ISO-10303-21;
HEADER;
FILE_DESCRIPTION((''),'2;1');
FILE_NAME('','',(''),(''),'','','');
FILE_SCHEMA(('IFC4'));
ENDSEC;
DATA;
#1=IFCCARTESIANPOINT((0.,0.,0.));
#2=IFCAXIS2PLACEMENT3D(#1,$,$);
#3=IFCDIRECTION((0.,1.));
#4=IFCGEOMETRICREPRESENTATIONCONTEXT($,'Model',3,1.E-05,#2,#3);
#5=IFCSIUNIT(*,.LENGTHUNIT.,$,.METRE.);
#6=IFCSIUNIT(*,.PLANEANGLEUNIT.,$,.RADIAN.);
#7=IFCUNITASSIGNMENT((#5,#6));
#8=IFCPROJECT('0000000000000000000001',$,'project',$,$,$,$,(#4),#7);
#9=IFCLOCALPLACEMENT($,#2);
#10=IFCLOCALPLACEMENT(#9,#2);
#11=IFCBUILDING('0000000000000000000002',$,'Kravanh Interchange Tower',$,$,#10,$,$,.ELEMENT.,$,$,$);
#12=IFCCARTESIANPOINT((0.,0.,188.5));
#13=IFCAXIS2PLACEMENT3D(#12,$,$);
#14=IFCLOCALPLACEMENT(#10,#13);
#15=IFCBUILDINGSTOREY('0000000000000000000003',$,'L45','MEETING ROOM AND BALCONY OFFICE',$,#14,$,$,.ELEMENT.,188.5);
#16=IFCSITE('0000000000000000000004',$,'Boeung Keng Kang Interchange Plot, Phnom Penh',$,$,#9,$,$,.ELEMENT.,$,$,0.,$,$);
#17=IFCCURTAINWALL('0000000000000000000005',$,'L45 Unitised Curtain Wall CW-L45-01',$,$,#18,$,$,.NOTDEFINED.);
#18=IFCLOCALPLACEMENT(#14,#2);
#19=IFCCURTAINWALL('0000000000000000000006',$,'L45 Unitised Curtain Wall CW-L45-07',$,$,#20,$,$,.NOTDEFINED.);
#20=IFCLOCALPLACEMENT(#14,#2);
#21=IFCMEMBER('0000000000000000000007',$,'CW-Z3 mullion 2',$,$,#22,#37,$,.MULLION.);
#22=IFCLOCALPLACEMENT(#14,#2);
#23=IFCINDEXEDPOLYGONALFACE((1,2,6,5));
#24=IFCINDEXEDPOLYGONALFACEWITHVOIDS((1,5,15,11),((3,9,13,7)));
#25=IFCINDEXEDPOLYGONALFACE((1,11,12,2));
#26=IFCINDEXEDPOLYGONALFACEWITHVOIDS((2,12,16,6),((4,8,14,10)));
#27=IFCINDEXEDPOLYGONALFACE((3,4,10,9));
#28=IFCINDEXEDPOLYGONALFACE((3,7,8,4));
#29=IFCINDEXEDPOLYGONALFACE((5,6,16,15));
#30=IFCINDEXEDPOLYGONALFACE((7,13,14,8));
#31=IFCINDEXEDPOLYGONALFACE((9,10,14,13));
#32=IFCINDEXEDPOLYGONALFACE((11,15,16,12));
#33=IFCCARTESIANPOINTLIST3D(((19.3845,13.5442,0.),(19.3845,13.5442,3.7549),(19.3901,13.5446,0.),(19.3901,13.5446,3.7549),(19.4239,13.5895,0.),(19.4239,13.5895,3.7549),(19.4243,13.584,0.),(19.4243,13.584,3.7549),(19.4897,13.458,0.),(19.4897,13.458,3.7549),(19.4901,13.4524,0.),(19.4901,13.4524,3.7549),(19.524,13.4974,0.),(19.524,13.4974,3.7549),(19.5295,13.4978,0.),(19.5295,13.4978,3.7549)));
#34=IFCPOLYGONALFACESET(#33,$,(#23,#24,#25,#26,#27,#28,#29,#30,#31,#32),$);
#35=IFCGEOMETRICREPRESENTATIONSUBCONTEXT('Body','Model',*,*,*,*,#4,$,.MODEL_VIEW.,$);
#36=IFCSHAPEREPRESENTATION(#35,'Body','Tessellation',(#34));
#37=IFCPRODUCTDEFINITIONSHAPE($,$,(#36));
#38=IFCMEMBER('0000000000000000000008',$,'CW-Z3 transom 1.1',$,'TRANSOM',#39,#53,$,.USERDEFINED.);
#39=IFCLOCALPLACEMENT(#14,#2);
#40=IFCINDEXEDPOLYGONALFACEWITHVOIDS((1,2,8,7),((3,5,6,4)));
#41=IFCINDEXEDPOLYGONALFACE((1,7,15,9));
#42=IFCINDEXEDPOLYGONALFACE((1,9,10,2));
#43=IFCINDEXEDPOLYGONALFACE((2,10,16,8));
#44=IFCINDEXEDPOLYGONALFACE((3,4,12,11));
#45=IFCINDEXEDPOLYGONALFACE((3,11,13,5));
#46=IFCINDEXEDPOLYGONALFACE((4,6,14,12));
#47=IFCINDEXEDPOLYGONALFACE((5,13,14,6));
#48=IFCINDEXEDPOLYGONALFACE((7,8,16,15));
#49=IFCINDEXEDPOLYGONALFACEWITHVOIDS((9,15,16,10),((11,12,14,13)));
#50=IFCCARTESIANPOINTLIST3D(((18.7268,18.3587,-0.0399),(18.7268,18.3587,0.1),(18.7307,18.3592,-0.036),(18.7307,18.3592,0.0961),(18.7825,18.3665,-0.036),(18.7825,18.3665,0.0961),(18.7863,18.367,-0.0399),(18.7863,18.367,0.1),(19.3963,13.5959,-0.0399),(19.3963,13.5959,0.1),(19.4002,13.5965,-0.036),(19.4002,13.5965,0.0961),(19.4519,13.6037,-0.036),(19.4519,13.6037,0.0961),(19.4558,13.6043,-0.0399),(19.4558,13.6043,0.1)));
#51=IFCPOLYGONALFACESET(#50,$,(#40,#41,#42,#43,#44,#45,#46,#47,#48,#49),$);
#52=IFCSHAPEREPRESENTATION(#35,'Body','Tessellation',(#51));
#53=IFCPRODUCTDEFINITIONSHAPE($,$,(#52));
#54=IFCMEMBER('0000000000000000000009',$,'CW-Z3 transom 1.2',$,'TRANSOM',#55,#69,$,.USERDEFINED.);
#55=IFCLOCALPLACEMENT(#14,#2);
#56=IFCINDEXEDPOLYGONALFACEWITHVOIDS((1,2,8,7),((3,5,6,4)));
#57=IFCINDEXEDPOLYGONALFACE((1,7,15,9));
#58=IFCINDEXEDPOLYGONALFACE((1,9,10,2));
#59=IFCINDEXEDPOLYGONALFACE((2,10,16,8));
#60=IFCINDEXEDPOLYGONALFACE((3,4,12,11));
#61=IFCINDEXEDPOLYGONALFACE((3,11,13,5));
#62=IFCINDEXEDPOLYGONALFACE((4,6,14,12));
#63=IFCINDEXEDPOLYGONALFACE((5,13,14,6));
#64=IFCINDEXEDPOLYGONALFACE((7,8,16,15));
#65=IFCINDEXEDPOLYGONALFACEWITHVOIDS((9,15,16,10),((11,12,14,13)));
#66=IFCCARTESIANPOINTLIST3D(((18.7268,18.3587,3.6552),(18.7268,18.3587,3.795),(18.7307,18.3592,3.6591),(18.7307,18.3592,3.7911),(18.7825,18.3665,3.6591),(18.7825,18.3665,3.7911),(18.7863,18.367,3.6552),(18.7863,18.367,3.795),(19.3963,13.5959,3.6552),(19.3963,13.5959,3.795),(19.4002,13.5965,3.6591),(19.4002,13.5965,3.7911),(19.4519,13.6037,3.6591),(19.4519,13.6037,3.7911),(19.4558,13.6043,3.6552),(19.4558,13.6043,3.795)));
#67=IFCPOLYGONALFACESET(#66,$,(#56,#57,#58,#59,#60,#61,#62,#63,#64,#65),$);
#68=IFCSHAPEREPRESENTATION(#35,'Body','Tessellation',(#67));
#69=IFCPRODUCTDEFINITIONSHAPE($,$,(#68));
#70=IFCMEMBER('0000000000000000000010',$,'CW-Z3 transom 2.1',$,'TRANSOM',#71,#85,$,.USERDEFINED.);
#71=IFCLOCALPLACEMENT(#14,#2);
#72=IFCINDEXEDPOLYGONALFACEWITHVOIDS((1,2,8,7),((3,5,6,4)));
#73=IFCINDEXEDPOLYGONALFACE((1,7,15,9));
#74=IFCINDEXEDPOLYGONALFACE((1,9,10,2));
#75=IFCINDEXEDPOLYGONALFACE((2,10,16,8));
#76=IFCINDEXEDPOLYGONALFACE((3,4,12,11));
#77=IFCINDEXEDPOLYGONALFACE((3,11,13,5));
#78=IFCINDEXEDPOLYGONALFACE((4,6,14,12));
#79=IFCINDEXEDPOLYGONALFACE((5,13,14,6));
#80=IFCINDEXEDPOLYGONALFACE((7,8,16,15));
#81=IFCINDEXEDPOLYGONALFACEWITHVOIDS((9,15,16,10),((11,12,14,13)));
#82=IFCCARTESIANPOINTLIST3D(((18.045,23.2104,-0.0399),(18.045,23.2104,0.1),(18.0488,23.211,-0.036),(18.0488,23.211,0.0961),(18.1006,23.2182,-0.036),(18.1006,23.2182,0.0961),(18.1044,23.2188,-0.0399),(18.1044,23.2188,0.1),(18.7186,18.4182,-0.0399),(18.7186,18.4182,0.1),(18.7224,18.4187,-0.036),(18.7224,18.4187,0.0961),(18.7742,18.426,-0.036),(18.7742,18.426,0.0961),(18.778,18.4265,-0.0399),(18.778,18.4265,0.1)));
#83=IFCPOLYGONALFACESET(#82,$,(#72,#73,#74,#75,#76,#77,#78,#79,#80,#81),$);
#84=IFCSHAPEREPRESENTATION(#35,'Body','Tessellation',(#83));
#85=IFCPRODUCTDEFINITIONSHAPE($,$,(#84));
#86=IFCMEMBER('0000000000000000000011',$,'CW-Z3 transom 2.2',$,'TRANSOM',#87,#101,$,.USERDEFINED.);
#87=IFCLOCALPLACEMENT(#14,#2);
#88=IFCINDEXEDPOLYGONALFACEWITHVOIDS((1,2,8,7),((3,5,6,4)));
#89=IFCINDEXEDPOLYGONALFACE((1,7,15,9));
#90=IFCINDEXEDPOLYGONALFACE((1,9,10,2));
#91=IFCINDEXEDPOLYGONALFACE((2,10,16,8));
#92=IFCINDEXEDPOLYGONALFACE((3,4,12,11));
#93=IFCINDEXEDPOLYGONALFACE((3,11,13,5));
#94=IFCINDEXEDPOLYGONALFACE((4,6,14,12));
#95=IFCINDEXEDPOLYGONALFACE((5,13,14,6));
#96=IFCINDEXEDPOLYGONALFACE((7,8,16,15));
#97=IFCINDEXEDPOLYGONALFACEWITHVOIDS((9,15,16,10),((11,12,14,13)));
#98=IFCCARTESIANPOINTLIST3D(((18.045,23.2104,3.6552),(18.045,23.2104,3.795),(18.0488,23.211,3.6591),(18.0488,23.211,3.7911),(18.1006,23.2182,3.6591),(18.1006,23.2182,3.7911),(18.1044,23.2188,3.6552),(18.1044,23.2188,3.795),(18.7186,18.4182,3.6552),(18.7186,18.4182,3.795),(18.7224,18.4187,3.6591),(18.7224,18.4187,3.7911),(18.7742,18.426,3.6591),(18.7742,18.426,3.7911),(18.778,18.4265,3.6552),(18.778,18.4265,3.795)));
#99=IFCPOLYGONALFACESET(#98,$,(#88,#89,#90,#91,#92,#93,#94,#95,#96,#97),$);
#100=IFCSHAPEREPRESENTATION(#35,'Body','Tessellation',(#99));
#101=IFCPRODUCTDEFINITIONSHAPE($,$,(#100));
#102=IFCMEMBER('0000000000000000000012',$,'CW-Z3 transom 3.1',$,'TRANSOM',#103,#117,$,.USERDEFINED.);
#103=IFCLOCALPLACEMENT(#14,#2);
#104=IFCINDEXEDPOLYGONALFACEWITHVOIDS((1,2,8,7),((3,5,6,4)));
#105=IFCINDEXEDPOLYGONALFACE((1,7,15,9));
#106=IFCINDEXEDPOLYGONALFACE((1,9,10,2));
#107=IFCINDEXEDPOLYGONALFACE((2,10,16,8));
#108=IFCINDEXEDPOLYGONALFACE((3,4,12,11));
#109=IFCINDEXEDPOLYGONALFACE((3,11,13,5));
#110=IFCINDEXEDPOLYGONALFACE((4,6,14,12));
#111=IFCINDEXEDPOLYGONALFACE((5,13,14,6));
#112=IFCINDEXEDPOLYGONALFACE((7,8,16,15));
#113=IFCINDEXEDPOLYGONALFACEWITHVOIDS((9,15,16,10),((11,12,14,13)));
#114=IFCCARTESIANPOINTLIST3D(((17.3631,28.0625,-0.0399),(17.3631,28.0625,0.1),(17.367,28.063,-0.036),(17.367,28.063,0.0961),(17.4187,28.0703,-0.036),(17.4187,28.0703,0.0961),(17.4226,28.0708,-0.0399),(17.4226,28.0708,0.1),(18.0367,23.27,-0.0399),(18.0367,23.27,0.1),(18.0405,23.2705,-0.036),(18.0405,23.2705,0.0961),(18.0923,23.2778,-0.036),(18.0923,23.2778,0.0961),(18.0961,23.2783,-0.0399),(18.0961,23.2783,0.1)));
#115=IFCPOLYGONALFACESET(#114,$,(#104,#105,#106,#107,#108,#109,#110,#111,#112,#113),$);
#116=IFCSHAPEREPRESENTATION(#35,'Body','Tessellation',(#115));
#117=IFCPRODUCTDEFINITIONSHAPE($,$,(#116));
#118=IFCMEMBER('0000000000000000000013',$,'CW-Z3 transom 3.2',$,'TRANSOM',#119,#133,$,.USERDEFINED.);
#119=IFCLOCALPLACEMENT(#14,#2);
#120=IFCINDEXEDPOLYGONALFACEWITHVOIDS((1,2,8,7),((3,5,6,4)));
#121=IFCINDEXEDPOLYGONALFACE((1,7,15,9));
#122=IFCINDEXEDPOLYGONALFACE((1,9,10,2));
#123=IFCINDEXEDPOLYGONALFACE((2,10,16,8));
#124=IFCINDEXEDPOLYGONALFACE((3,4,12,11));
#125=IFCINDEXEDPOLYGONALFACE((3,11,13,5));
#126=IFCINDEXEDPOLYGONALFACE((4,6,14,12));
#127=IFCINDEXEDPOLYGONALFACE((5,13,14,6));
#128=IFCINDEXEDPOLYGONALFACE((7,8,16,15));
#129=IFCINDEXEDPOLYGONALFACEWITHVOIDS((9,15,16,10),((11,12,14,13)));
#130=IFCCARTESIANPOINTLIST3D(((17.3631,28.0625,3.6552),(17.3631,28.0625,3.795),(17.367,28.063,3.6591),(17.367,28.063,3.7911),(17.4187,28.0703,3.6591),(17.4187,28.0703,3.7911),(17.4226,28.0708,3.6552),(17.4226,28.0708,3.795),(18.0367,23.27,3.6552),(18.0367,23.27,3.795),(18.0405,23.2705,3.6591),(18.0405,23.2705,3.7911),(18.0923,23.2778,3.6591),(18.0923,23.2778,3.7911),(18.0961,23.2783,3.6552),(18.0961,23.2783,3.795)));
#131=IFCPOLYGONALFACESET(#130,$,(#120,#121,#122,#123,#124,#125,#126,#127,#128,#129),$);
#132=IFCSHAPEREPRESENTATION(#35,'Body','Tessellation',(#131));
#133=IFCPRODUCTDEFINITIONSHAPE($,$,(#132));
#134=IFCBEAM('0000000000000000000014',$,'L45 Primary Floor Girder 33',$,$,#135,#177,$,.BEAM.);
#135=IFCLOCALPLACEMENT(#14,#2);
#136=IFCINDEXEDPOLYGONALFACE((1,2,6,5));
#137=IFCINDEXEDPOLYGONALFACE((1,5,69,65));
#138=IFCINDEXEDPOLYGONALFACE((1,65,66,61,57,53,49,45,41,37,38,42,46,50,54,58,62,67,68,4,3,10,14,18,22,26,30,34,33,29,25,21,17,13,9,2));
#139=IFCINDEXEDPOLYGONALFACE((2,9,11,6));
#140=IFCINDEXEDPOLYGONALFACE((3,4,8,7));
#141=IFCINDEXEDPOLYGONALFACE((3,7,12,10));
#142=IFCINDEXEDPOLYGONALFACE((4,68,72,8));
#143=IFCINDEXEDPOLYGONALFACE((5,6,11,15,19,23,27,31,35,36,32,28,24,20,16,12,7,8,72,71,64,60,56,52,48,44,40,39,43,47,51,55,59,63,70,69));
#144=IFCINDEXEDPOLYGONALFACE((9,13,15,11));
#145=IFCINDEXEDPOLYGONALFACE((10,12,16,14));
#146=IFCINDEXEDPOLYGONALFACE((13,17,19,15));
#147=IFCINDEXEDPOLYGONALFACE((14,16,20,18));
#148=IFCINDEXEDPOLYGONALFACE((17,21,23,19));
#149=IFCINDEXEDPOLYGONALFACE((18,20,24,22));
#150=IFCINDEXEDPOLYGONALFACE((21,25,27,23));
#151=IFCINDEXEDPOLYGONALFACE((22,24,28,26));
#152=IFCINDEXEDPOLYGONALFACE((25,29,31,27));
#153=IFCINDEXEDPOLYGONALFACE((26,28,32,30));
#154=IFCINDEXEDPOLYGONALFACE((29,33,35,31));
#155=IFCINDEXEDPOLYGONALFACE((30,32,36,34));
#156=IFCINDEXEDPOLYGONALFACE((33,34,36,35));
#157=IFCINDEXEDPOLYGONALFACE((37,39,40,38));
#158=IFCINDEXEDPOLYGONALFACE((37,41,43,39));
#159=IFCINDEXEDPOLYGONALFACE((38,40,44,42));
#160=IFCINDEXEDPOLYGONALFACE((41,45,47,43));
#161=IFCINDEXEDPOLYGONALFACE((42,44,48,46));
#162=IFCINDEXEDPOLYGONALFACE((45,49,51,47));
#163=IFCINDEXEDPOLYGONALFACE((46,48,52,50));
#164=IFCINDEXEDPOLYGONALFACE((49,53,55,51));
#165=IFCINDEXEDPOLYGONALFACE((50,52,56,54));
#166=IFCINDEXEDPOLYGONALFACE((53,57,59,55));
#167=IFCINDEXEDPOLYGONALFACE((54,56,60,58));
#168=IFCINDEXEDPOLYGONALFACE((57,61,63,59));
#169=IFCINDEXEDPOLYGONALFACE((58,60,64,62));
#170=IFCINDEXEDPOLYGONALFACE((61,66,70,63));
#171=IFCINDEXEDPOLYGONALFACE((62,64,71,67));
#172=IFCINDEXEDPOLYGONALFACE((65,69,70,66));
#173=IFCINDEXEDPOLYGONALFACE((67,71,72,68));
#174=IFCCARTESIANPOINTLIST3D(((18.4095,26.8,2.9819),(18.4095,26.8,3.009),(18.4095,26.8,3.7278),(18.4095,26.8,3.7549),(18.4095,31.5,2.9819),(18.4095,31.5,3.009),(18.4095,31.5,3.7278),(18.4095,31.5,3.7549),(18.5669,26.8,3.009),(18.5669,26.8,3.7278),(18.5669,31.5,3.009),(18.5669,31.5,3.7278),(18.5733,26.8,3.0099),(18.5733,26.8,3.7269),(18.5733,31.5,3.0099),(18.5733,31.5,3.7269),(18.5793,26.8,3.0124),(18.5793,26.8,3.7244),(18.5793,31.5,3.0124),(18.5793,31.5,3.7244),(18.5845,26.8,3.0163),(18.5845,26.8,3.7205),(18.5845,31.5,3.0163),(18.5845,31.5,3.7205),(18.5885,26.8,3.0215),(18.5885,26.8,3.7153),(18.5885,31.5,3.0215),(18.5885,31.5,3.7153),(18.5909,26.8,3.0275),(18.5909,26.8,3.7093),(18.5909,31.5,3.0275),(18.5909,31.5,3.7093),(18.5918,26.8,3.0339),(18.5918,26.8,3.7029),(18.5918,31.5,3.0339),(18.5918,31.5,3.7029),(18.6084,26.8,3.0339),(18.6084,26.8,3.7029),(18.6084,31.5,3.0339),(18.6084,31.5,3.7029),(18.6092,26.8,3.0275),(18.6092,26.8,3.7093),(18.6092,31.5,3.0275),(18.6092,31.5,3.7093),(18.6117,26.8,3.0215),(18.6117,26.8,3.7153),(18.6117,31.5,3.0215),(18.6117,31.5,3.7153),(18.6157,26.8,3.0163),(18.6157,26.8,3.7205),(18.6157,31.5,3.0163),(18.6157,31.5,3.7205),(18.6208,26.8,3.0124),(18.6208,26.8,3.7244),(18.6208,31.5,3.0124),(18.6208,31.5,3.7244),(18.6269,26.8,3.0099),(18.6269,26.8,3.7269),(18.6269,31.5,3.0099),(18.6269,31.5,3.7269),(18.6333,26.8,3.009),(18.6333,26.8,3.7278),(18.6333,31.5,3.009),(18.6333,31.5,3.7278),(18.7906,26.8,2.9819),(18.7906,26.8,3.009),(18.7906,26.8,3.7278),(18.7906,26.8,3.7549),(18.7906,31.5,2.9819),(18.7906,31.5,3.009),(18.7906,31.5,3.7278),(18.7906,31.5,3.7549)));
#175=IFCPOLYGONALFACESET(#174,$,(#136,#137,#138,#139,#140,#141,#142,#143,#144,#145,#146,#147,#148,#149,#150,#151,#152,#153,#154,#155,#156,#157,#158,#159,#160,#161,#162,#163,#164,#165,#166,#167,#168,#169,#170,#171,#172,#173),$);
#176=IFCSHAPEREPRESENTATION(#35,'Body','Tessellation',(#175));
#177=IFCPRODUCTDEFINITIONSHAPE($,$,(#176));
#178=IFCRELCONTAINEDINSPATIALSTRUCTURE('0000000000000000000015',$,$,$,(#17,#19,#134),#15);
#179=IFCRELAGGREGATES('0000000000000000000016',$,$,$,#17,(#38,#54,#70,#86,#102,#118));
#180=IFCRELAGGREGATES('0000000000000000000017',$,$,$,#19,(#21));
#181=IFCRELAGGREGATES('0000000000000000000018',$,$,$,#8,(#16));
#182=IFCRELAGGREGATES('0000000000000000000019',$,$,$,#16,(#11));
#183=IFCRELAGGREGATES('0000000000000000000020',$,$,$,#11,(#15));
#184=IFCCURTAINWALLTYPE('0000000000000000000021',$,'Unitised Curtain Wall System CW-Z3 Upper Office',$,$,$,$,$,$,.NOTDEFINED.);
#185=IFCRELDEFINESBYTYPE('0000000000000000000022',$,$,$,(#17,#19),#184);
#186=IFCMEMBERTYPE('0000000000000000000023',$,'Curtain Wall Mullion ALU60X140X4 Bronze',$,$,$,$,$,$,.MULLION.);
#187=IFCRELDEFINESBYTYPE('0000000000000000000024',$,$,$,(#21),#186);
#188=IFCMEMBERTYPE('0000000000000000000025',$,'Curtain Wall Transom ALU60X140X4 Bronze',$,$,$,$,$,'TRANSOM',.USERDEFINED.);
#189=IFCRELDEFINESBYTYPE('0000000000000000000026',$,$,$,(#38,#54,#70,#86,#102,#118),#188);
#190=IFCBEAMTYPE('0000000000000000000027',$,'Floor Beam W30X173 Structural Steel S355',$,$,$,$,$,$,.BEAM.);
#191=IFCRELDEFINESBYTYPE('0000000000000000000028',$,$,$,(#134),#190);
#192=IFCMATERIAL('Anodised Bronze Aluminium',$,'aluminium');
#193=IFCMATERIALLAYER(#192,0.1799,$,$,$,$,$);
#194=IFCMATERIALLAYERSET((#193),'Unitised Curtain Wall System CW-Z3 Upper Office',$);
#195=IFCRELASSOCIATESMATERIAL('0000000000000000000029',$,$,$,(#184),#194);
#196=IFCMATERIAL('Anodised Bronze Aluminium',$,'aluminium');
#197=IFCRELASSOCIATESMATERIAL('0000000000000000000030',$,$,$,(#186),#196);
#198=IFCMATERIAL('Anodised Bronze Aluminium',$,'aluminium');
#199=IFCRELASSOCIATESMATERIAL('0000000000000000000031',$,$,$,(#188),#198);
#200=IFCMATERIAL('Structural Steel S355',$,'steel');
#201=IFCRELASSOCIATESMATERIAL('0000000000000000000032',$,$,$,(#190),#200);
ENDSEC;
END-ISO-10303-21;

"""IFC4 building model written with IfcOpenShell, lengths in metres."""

from ifc_helpers import new_model, si_unit, direction, frame, origin, origin_2d, place, context, subcontext, project, spatial, hollow_rectangle, i_section, extrude, material, layer, layer_set, material_profile, profile_set, type_object, element, aggregate, save


model = new_model("IFC4")

# Units and contexts
model_context = context("Model", 3, precision=1e-05, world=origin(), true_north=direction((0.0, 1.0)))
body_context = subcontext(model_context, "Body", "Model", "MODEL_VIEW")
ifc_project = project(units=[si_unit("LENGTHUNIT", "METRE"), si_unit("PLANEANGLEUNIT", "RADIAN")], contexts=[model_context])

# Site, building, storey
site_placement = place(None, origin())
site = spatial("IfcSite", under=ifc_project, at=site_placement, Name="Boeung Keng Kang Interchange Plot, Phnom Penh", CompositionType="ELEMENT", RefElevation=0.0)
building_placement = place(site_placement, origin())
building = spatial("IfcBuilding", under=site, at=building_placement, Name="Kravanh Interchange Tower", CompositionType="ELEMENT")
storey_placement = place(building_placement, frame((0.0, 0.0, 188.5)))
storey = spatial("IfcBuildingStorey", under=building, at=storey_placement, Name="L45", Description="MEETING ROOM AND BALCONY OFFICE", CompositionType="ELEMENT", Elevation=188.5)

# Curtain wall
ifc_material_1 = material(Name="Anodised Bronze Aluminium", Category="aluminium")
ifc_layer_1 = layer(ifc_material_1, 0.1799)
ifc_layer_set_1 = layer_set([ifc_layer_1], Name="Unitised Curtain Wall System CW-Z3 Upper Office")
curtain_wall_type = type_object("IfcCurtainWallType", Name="Unitised Curtain Wall System CW-Z3 Upper Office", PredefinedType="NOTDEFINED", material=ifc_layer_set_1)
curtain_wall_1_placement = place(storey_placement, origin())
curtain_wall_1 = element("IfcCurtainWall", 1, at=curtain_wall_1_placement, inside=storey, type_object=curtain_wall_type, Name="L45 Unitised Curtain Wall CW-L45-01", PredefinedType="NOTDEFINED")
ifc_material_2 = material(Name="Anodised Bronze Aluminium", Category="aluminium")
ifc_material_profile_1 = material_profile(ifc_material_2, hollow_rectangle(XDim=0.0601, YDim=0.1399, WallThickness=0.0039, at=origin_2d()), Name="ALU60X140X4")
ifc_profile_set_1 = profile_set([ifc_material_profile_1], Name="Anodised Bronze Aluminium")
member_type_1 = type_object("IfcMemberType", Name="Curtain Wall Mullion ALU60X140X4 Bronze", PredefinedType="MULLION", material=ifc_profile_set_1)

# Curtain wall, member
curtain_wall_2_placement = place(storey_placement, origin())
curtain_wall_2 = element("IfcCurtainWall", 2, at=curtain_wall_2_placement, inside=storey, type_object=curtain_wall_type, Name="L45 Unitised Curtain Wall CW-L45-07", PredefinedType="NOTDEFINED")
member_1_placement = place(storey_placement, frame((19.457, 13.521, 0.0), z_axis=(0.0, 0.0, 1.0), x_axis=(-0.656051, -0.754717, 0.0)))
member_1 = element("IfcMember", 3, at=member_1_placement, type_object=member_type_1, Name="CW-Z3 mullion 2", PredefinedType="MULLION", context=body_context, shape_type="SweptSolid", body=[
    extrude(hollow_rectangle(XDim=0.0601, YDim=0.1399, WallThickness=0.0039, at=origin_2d()), origin(), (0.0, 0.0, 1.0), 3.7549),
])

# Members
ifc_material_3 = material(Name="Anodised Bronze Aluminium", Category="aluminium")
ifc_material_profile_2 = material_profile(ifc_material_3, hollow_rectangle(XDim=0.0601, YDim=0.1399, WallThickness=0.0039, at=origin_2d()), Name="ALU60X140X4")
ifc_profile_set_2 = profile_set([ifc_material_profile_2], Name="Anodised Bronze Aluminium")
member_type_2 = type_object("IfcMemberType", Name="Curtain Wall Transom ALU60X140X4 Bronze", ElementType="TRANSOM", PredefinedType="USERDEFINED", material=ifc_profile_set_2)
member_2_placement = place(storey_placement, frame((19.426, 13.6001, 0.03), z_axis=(-0.139189, 0.990266, 0.0), x_axis=(-0.990266, -0.139189, 0.0)))
member_2 = element("IfcMember", 4, at=member_2_placement, type_object=member_type_2, Name="CW-Z3 transom 1.1", ObjectType="TRANSOM", PredefinedType="USERDEFINED", context=body_context, shape_type="SweptSolid", body=[
    extrude(hollow_rectangle(XDim=0.0601, YDim=0.1399, WallThickness=0.0039, at=origin_2d()), origin(), (0.0, 0.0, 1.0), 4.8096),
])
member_3_placement = place(storey_placement, frame((19.426, 13.6001, 3.7251), z_axis=(-0.139189, 0.990266, 0.0), x_axis=(-0.990266, -0.139189, 0.0)))
member_3 = element("IfcMember", 5, at=member_3_placement, type_object=member_type_2, Name="CW-Z3 transom 1.2", ObjectType="TRANSOM", PredefinedType="USERDEFINED", context=body_context, shape_type="SweptSolid", body=[
    extrude(hollow_rectangle(XDim=0.0601, YDim=0.1399, WallThickness=0.0039, at=origin_2d()), origin(), (0.0, 0.0, 1.0), 4.8096),
])
member_4_placement = place(storey_placement, frame((18.7483, 18.4224, 0.03), z_axis=(-0.139189, 0.990266, 0.0), x_axis=(-0.990266, -0.139189, 0.0)))
member_4 = element("IfcMember", 6, at=member_4_placement, type_object=member_type_2, Name="CW-Z3 transom 2.1", ObjectType="TRANSOM", PredefinedType="USERDEFINED", context=body_context, shape_type="SweptSolid", body=[
    extrude(hollow_rectangle(XDim=0.0601, YDim=0.1399, WallThickness=0.0039, at=origin_2d()), origin(), (0.0, 0.0, 1.0), 4.8394),
])
member_5_placement = place(storey_placement, frame((18.7483, 18.4224, 3.7251), z_axis=(-0.139189, 0.990266, 0.0), x_axis=(-0.990266, -0.139189, 0.0)))
member_5 = element("IfcMember", 7, at=member_5_placement, type_object=member_type_2, Name="CW-Z3 transom 2.2", ObjectType="TRANSOM", PredefinedType="USERDEFINED", context=body_context, shape_type="SweptSolid", body=[
    extrude(hollow_rectangle(XDim=0.0601, YDim=0.1399, WallThickness=0.0039, at=origin_2d()), origin(), (0.0, 0.0, 1.0), 4.8394),
])
member_6_placement = place(storey_placement, frame((18.0664, 23.2742, 0.03), z_axis=(-0.139182, 0.990267, 0.0), x_axis=(-0.990267, -0.139182, 0.0)))
member_6 = element("IfcMember", 8, at=member_6_placement, type_object=member_type_2, Name="CW-Z3 transom 3.1", ObjectType="TRANSOM", PredefinedType="USERDEFINED", context=body_context, shape_type="SweptSolid", body=[
    extrude(hollow_rectangle(XDim=0.0601, YDim=0.1399, WallThickness=0.0039, at=origin_2d()), origin(), (0.0, 0.0, 1.0), 4.8396),
])
member_7_placement = place(storey_placement, frame((18.0664, 23.2742, 3.7251), z_axis=(-0.139182, 0.990267, 0.0), x_axis=(-0.990267, -0.139182, 0.0)))
member_7 = element("IfcMember", 9, at=member_7_placement, type_object=member_type_2, Name="CW-Z3 transom 3.2", ObjectType="TRANSOM", PredefinedType="USERDEFINED", context=body_context, shape_type="SweptSolid", body=[
    extrude(hollow_rectangle(XDim=0.0601, YDim=0.1399, WallThickness=0.0039, at=origin_2d()), origin(), (0.0, 0.0, 1.0), 4.8396),
])

# Beam
ifc_material_4 = material(Name="Structural Steel S355", Category="steel")
ifc_material_profile_3 = material_profile(ifc_material_4, i_section(OverallWidth=0.3811, OverallDepth=0.7729, WebThickness=0.0166, FlangeThickness=0.0271, FilletRadius=0.0249, at=origin_2d()), Name="W30X173")
ifc_profile_set_3 = profile_set([ifc_material_profile_3], Name="Structural Steel S355")
beam_type_1 = type_object("IfcBeamType", Name="Floor Beam W30X173 Structural Steel S355", PredefinedType="BEAM", material=ifc_profile_set_3)
beam_1_placement = place(storey_placement, frame((18.6001, 26.8, 3.3684), z_axis=(0.0, 1.0, 0.0), x_axis=(-1.0, 0.0, 0.0)))
element("IfcBeam", 10, at=beam_1_placement, inside=storey, type_object=beam_type_1, Name="L45 Primary Floor Girder 33", PredefinedType="BEAM", context=body_context, shape_type="SweptSolid", body=[
    extrude(i_section(OverallWidth=0.3811, OverallDepth=0.7729, WebThickness=0.0166, FlangeThickness=0.0271, FilletRadius=0.0249, at=origin_2d()), origin(), (0.0, 0.0, 1.0), 4.7),
])

aggregate(curtain_wall_1, [member_2, member_3, member_4, member_5, member_6, member_7])
aggregate(curtain_wall_2, [member_1])

save(model, "model.ifc")
